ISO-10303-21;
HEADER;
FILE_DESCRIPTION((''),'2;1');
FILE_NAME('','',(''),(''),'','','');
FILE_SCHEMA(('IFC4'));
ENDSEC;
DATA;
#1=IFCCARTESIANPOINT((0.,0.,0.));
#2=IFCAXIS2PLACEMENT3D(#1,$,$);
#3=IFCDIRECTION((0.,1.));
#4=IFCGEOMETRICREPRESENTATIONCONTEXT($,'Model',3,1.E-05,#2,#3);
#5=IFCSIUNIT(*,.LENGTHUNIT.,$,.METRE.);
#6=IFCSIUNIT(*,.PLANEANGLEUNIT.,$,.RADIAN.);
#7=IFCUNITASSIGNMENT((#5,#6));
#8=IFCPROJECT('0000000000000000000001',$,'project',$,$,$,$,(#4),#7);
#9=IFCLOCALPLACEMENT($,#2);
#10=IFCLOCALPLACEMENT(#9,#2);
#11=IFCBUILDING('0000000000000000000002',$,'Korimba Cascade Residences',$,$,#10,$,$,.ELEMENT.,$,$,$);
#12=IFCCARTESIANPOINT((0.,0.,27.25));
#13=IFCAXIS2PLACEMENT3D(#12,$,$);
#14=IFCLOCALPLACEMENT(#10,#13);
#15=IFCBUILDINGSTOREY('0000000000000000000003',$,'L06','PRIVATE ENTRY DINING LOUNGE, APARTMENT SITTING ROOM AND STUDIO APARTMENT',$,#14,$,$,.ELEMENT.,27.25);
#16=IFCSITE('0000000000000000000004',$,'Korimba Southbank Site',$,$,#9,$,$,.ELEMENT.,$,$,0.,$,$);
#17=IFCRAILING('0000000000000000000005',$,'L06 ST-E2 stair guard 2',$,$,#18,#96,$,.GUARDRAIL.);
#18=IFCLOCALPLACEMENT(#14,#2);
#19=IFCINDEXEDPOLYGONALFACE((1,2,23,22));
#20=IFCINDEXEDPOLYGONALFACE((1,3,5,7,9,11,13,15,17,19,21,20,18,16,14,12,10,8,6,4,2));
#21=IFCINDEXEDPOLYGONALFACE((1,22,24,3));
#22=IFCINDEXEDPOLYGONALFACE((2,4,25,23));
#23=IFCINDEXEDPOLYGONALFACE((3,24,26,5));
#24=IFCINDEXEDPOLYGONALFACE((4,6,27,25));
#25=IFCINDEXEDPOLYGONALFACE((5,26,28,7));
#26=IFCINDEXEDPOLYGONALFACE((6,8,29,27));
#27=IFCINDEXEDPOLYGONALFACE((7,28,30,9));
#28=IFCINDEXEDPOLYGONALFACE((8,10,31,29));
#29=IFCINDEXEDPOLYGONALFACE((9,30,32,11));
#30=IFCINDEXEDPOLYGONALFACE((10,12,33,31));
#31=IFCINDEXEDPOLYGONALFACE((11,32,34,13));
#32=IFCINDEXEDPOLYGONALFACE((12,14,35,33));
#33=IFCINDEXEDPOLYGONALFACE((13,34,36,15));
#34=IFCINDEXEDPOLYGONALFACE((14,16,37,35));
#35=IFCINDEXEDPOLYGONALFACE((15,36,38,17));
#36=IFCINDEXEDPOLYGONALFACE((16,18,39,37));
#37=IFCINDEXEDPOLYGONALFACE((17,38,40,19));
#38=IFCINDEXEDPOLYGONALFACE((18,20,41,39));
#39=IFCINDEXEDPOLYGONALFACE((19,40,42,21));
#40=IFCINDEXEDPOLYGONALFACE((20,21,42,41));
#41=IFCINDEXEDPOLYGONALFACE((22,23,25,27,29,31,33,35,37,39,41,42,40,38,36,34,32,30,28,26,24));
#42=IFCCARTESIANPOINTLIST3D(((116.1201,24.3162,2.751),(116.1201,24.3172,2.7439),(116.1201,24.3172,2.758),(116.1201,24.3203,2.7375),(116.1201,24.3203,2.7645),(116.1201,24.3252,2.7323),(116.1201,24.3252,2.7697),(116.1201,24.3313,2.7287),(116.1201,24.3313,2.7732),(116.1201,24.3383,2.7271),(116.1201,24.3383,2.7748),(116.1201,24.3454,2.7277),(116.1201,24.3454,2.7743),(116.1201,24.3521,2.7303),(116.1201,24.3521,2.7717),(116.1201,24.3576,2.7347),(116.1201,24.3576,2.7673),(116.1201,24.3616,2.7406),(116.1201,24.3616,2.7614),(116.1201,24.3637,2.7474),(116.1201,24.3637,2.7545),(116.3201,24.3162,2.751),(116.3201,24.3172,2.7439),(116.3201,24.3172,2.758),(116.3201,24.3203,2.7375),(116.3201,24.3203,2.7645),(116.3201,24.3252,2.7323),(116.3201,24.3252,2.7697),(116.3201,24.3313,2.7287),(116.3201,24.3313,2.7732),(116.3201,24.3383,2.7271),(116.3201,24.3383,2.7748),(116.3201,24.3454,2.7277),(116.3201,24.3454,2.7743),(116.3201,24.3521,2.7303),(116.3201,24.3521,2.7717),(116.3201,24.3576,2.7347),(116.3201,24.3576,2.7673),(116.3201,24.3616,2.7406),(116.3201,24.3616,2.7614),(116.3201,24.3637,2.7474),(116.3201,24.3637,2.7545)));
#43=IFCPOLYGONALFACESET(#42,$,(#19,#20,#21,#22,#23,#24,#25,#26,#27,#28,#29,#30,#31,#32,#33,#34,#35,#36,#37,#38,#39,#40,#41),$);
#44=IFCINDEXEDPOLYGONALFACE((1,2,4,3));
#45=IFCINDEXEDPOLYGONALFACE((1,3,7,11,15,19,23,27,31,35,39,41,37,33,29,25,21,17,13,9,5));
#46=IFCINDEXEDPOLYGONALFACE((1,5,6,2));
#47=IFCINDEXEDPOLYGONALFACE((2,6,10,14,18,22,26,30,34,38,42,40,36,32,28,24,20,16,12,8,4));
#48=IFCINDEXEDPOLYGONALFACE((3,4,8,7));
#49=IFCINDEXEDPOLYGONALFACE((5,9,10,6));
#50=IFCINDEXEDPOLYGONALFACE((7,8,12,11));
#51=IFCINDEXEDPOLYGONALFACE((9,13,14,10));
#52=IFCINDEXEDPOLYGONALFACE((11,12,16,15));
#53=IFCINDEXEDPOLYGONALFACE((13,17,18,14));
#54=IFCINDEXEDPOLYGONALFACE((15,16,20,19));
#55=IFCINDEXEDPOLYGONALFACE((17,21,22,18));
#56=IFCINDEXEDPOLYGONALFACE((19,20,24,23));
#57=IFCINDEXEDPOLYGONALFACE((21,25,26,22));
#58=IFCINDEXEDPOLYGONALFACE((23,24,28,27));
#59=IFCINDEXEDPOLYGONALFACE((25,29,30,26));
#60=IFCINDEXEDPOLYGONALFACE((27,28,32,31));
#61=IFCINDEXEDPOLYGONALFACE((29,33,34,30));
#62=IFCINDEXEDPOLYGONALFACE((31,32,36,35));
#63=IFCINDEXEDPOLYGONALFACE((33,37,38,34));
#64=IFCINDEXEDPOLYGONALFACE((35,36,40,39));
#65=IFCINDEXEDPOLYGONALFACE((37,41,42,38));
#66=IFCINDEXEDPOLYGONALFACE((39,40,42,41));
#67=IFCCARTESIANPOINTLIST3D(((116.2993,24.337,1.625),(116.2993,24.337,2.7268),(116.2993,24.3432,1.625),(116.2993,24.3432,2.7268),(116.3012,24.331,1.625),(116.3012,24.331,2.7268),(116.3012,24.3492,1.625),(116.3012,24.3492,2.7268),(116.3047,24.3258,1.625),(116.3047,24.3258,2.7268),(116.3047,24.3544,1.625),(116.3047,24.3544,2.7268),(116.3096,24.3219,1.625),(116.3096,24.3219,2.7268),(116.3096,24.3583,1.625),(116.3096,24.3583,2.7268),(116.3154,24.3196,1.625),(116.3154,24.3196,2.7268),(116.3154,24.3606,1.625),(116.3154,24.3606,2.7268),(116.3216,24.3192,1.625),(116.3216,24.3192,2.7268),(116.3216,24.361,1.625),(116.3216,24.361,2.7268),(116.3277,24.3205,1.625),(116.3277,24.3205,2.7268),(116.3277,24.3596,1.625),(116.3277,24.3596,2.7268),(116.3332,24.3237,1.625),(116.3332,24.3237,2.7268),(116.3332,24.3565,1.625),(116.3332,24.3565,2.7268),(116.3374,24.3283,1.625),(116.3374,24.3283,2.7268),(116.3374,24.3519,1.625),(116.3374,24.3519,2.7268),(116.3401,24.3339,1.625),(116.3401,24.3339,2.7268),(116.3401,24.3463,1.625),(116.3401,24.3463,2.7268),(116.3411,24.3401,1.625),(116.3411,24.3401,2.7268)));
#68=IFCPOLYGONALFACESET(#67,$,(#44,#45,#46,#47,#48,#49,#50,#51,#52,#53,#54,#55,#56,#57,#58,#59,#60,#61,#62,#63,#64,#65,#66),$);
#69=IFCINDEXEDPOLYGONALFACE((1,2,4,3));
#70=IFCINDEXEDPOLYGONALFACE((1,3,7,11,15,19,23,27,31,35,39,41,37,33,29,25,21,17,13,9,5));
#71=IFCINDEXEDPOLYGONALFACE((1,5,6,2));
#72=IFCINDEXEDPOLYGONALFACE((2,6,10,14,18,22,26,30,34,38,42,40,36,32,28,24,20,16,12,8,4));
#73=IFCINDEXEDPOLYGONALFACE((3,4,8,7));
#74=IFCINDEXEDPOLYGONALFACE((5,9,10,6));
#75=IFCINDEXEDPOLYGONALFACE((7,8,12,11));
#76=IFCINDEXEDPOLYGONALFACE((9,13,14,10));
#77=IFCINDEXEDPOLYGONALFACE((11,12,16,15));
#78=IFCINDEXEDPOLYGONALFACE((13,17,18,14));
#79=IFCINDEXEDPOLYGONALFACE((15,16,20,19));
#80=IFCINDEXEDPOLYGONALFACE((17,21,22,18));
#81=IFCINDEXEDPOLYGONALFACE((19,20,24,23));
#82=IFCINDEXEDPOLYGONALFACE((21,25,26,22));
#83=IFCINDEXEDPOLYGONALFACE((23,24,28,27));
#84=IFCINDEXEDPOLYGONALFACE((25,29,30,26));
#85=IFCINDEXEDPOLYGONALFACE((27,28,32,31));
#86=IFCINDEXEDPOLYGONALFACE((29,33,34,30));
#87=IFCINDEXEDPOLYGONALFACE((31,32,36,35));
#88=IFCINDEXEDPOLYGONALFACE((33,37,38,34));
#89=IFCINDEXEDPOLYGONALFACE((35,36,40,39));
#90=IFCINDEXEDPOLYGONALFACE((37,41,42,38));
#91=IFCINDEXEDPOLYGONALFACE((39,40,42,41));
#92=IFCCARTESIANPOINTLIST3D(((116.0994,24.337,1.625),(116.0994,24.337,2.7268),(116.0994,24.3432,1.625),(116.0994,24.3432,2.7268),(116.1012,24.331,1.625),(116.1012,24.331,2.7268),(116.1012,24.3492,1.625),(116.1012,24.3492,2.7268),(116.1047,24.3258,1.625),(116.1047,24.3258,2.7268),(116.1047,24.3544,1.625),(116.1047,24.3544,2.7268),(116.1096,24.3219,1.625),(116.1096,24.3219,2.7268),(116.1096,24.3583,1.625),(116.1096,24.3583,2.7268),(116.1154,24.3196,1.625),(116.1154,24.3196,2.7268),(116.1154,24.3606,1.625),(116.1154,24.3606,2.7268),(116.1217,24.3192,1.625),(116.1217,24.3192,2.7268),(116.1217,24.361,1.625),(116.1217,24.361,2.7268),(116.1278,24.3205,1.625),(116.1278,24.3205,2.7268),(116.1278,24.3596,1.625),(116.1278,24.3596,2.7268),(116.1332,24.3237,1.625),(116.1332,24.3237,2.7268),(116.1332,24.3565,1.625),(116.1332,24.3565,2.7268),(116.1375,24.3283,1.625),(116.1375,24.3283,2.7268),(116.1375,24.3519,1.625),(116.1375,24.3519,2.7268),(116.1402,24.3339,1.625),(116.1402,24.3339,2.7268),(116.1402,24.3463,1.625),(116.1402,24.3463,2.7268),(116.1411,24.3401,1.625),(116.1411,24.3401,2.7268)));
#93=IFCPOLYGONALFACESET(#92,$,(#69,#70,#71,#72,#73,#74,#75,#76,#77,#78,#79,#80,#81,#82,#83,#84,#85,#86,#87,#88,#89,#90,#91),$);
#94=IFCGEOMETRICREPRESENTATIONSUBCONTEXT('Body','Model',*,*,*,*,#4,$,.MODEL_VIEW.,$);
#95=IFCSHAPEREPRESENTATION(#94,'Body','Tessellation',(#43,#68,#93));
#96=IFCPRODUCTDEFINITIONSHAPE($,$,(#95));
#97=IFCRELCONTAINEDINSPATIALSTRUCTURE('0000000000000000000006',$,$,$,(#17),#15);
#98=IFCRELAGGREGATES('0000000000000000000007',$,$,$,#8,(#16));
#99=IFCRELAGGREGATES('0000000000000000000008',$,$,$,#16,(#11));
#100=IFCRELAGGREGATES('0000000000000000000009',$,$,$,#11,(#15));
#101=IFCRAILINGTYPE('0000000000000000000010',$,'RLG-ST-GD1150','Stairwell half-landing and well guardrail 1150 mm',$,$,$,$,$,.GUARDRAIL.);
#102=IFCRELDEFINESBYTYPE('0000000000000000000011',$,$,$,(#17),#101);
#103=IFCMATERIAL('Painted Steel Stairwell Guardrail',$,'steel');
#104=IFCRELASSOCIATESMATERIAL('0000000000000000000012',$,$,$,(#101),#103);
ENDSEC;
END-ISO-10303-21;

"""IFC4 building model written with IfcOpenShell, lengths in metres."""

from ifc_helpers import new_model, si_unit, direction, frame, origin, origin_2d, place, context, subcontext, project, spatial, circle, extrude, material, type_object, element, save


model = new_model("IFC4")

# Units and contexts
model_context = context("Model", 3, precision=1e-05, world=origin(), true_north=direction((0.0, 1.0)))
body_context = subcontext(model_context, "Body", "Model", "MODEL_VIEW")
ifc_project = project(units=[si_unit("LENGTHUNIT", "METRE"), si_unit("PLANEANGLEUNIT", "RADIAN")], contexts=[model_context])

# Site, building, storey
site_placement = place(None, origin())
site = spatial("IfcSite", under=ifc_project, at=site_placement, Name="Korimba Southbank Site", CompositionType="ELEMENT", RefElevation=0.0)
building_placement = place(site_placement, origin())
building = spatial("IfcBuilding", under=site, at=building_placement, Name="Korimba Cascade Residences", CompositionType="ELEMENT")
storey_placement = place(building_placement, frame((0.0, 0.0, 27.25)))
storey = spatial("IfcBuildingStorey", under=building, at=storey_placement, Name="L06", Description="PRIVATE ENTRY DINING LOUNGE, APARTMENT SITTING ROOM AND STUDIO APARTMENT", CompositionType="ELEMENT", Elevation=27.25)

# Railing
ifc_material_1 = material(Name="Painted Steel Stairwell Guardrail", Category="steel")
railing_type_1 = type_object("IfcRailingType", Name="RLG-ST-GD1150", Description="Stairwell half-landing and well guardrail 1150 mm", PredefinedType="GUARDRAIL", material=ifc_material_1)
railing_1_placement = place(storey_placement, frame((116.3201, 24.3401, 1.625)))
element("IfcRailing", 1, at=railing_1_placement, inside=storey, type_object=railing_type_1, Name="L06 ST-E2 stair guard 2", PredefinedType="GUARDRAIL", context=body_context, shape_type="SweptSolid", body=[
    extrude(circle(Radius=0.0239, at=origin_2d()), frame((0.0, 0.0, 1.126), z_axis=(-1.0, 0.0, 0.0), x_axis=(0.0, -1.0, 0.0)), (0.0, 0.0, 1.0), 0.2),
    extrude(circle(Radius=0.021, at=origin_2d()), origin(), (0.0, 0.0, 1.0), 1.1018),
    extrude(circle(Radius=0.021, at=origin_2d()), frame((-0.2, 0.0, 0.0)), (0.0, 0.0, 1.0), 1.1018),
])

save(model, "model.ifc")
